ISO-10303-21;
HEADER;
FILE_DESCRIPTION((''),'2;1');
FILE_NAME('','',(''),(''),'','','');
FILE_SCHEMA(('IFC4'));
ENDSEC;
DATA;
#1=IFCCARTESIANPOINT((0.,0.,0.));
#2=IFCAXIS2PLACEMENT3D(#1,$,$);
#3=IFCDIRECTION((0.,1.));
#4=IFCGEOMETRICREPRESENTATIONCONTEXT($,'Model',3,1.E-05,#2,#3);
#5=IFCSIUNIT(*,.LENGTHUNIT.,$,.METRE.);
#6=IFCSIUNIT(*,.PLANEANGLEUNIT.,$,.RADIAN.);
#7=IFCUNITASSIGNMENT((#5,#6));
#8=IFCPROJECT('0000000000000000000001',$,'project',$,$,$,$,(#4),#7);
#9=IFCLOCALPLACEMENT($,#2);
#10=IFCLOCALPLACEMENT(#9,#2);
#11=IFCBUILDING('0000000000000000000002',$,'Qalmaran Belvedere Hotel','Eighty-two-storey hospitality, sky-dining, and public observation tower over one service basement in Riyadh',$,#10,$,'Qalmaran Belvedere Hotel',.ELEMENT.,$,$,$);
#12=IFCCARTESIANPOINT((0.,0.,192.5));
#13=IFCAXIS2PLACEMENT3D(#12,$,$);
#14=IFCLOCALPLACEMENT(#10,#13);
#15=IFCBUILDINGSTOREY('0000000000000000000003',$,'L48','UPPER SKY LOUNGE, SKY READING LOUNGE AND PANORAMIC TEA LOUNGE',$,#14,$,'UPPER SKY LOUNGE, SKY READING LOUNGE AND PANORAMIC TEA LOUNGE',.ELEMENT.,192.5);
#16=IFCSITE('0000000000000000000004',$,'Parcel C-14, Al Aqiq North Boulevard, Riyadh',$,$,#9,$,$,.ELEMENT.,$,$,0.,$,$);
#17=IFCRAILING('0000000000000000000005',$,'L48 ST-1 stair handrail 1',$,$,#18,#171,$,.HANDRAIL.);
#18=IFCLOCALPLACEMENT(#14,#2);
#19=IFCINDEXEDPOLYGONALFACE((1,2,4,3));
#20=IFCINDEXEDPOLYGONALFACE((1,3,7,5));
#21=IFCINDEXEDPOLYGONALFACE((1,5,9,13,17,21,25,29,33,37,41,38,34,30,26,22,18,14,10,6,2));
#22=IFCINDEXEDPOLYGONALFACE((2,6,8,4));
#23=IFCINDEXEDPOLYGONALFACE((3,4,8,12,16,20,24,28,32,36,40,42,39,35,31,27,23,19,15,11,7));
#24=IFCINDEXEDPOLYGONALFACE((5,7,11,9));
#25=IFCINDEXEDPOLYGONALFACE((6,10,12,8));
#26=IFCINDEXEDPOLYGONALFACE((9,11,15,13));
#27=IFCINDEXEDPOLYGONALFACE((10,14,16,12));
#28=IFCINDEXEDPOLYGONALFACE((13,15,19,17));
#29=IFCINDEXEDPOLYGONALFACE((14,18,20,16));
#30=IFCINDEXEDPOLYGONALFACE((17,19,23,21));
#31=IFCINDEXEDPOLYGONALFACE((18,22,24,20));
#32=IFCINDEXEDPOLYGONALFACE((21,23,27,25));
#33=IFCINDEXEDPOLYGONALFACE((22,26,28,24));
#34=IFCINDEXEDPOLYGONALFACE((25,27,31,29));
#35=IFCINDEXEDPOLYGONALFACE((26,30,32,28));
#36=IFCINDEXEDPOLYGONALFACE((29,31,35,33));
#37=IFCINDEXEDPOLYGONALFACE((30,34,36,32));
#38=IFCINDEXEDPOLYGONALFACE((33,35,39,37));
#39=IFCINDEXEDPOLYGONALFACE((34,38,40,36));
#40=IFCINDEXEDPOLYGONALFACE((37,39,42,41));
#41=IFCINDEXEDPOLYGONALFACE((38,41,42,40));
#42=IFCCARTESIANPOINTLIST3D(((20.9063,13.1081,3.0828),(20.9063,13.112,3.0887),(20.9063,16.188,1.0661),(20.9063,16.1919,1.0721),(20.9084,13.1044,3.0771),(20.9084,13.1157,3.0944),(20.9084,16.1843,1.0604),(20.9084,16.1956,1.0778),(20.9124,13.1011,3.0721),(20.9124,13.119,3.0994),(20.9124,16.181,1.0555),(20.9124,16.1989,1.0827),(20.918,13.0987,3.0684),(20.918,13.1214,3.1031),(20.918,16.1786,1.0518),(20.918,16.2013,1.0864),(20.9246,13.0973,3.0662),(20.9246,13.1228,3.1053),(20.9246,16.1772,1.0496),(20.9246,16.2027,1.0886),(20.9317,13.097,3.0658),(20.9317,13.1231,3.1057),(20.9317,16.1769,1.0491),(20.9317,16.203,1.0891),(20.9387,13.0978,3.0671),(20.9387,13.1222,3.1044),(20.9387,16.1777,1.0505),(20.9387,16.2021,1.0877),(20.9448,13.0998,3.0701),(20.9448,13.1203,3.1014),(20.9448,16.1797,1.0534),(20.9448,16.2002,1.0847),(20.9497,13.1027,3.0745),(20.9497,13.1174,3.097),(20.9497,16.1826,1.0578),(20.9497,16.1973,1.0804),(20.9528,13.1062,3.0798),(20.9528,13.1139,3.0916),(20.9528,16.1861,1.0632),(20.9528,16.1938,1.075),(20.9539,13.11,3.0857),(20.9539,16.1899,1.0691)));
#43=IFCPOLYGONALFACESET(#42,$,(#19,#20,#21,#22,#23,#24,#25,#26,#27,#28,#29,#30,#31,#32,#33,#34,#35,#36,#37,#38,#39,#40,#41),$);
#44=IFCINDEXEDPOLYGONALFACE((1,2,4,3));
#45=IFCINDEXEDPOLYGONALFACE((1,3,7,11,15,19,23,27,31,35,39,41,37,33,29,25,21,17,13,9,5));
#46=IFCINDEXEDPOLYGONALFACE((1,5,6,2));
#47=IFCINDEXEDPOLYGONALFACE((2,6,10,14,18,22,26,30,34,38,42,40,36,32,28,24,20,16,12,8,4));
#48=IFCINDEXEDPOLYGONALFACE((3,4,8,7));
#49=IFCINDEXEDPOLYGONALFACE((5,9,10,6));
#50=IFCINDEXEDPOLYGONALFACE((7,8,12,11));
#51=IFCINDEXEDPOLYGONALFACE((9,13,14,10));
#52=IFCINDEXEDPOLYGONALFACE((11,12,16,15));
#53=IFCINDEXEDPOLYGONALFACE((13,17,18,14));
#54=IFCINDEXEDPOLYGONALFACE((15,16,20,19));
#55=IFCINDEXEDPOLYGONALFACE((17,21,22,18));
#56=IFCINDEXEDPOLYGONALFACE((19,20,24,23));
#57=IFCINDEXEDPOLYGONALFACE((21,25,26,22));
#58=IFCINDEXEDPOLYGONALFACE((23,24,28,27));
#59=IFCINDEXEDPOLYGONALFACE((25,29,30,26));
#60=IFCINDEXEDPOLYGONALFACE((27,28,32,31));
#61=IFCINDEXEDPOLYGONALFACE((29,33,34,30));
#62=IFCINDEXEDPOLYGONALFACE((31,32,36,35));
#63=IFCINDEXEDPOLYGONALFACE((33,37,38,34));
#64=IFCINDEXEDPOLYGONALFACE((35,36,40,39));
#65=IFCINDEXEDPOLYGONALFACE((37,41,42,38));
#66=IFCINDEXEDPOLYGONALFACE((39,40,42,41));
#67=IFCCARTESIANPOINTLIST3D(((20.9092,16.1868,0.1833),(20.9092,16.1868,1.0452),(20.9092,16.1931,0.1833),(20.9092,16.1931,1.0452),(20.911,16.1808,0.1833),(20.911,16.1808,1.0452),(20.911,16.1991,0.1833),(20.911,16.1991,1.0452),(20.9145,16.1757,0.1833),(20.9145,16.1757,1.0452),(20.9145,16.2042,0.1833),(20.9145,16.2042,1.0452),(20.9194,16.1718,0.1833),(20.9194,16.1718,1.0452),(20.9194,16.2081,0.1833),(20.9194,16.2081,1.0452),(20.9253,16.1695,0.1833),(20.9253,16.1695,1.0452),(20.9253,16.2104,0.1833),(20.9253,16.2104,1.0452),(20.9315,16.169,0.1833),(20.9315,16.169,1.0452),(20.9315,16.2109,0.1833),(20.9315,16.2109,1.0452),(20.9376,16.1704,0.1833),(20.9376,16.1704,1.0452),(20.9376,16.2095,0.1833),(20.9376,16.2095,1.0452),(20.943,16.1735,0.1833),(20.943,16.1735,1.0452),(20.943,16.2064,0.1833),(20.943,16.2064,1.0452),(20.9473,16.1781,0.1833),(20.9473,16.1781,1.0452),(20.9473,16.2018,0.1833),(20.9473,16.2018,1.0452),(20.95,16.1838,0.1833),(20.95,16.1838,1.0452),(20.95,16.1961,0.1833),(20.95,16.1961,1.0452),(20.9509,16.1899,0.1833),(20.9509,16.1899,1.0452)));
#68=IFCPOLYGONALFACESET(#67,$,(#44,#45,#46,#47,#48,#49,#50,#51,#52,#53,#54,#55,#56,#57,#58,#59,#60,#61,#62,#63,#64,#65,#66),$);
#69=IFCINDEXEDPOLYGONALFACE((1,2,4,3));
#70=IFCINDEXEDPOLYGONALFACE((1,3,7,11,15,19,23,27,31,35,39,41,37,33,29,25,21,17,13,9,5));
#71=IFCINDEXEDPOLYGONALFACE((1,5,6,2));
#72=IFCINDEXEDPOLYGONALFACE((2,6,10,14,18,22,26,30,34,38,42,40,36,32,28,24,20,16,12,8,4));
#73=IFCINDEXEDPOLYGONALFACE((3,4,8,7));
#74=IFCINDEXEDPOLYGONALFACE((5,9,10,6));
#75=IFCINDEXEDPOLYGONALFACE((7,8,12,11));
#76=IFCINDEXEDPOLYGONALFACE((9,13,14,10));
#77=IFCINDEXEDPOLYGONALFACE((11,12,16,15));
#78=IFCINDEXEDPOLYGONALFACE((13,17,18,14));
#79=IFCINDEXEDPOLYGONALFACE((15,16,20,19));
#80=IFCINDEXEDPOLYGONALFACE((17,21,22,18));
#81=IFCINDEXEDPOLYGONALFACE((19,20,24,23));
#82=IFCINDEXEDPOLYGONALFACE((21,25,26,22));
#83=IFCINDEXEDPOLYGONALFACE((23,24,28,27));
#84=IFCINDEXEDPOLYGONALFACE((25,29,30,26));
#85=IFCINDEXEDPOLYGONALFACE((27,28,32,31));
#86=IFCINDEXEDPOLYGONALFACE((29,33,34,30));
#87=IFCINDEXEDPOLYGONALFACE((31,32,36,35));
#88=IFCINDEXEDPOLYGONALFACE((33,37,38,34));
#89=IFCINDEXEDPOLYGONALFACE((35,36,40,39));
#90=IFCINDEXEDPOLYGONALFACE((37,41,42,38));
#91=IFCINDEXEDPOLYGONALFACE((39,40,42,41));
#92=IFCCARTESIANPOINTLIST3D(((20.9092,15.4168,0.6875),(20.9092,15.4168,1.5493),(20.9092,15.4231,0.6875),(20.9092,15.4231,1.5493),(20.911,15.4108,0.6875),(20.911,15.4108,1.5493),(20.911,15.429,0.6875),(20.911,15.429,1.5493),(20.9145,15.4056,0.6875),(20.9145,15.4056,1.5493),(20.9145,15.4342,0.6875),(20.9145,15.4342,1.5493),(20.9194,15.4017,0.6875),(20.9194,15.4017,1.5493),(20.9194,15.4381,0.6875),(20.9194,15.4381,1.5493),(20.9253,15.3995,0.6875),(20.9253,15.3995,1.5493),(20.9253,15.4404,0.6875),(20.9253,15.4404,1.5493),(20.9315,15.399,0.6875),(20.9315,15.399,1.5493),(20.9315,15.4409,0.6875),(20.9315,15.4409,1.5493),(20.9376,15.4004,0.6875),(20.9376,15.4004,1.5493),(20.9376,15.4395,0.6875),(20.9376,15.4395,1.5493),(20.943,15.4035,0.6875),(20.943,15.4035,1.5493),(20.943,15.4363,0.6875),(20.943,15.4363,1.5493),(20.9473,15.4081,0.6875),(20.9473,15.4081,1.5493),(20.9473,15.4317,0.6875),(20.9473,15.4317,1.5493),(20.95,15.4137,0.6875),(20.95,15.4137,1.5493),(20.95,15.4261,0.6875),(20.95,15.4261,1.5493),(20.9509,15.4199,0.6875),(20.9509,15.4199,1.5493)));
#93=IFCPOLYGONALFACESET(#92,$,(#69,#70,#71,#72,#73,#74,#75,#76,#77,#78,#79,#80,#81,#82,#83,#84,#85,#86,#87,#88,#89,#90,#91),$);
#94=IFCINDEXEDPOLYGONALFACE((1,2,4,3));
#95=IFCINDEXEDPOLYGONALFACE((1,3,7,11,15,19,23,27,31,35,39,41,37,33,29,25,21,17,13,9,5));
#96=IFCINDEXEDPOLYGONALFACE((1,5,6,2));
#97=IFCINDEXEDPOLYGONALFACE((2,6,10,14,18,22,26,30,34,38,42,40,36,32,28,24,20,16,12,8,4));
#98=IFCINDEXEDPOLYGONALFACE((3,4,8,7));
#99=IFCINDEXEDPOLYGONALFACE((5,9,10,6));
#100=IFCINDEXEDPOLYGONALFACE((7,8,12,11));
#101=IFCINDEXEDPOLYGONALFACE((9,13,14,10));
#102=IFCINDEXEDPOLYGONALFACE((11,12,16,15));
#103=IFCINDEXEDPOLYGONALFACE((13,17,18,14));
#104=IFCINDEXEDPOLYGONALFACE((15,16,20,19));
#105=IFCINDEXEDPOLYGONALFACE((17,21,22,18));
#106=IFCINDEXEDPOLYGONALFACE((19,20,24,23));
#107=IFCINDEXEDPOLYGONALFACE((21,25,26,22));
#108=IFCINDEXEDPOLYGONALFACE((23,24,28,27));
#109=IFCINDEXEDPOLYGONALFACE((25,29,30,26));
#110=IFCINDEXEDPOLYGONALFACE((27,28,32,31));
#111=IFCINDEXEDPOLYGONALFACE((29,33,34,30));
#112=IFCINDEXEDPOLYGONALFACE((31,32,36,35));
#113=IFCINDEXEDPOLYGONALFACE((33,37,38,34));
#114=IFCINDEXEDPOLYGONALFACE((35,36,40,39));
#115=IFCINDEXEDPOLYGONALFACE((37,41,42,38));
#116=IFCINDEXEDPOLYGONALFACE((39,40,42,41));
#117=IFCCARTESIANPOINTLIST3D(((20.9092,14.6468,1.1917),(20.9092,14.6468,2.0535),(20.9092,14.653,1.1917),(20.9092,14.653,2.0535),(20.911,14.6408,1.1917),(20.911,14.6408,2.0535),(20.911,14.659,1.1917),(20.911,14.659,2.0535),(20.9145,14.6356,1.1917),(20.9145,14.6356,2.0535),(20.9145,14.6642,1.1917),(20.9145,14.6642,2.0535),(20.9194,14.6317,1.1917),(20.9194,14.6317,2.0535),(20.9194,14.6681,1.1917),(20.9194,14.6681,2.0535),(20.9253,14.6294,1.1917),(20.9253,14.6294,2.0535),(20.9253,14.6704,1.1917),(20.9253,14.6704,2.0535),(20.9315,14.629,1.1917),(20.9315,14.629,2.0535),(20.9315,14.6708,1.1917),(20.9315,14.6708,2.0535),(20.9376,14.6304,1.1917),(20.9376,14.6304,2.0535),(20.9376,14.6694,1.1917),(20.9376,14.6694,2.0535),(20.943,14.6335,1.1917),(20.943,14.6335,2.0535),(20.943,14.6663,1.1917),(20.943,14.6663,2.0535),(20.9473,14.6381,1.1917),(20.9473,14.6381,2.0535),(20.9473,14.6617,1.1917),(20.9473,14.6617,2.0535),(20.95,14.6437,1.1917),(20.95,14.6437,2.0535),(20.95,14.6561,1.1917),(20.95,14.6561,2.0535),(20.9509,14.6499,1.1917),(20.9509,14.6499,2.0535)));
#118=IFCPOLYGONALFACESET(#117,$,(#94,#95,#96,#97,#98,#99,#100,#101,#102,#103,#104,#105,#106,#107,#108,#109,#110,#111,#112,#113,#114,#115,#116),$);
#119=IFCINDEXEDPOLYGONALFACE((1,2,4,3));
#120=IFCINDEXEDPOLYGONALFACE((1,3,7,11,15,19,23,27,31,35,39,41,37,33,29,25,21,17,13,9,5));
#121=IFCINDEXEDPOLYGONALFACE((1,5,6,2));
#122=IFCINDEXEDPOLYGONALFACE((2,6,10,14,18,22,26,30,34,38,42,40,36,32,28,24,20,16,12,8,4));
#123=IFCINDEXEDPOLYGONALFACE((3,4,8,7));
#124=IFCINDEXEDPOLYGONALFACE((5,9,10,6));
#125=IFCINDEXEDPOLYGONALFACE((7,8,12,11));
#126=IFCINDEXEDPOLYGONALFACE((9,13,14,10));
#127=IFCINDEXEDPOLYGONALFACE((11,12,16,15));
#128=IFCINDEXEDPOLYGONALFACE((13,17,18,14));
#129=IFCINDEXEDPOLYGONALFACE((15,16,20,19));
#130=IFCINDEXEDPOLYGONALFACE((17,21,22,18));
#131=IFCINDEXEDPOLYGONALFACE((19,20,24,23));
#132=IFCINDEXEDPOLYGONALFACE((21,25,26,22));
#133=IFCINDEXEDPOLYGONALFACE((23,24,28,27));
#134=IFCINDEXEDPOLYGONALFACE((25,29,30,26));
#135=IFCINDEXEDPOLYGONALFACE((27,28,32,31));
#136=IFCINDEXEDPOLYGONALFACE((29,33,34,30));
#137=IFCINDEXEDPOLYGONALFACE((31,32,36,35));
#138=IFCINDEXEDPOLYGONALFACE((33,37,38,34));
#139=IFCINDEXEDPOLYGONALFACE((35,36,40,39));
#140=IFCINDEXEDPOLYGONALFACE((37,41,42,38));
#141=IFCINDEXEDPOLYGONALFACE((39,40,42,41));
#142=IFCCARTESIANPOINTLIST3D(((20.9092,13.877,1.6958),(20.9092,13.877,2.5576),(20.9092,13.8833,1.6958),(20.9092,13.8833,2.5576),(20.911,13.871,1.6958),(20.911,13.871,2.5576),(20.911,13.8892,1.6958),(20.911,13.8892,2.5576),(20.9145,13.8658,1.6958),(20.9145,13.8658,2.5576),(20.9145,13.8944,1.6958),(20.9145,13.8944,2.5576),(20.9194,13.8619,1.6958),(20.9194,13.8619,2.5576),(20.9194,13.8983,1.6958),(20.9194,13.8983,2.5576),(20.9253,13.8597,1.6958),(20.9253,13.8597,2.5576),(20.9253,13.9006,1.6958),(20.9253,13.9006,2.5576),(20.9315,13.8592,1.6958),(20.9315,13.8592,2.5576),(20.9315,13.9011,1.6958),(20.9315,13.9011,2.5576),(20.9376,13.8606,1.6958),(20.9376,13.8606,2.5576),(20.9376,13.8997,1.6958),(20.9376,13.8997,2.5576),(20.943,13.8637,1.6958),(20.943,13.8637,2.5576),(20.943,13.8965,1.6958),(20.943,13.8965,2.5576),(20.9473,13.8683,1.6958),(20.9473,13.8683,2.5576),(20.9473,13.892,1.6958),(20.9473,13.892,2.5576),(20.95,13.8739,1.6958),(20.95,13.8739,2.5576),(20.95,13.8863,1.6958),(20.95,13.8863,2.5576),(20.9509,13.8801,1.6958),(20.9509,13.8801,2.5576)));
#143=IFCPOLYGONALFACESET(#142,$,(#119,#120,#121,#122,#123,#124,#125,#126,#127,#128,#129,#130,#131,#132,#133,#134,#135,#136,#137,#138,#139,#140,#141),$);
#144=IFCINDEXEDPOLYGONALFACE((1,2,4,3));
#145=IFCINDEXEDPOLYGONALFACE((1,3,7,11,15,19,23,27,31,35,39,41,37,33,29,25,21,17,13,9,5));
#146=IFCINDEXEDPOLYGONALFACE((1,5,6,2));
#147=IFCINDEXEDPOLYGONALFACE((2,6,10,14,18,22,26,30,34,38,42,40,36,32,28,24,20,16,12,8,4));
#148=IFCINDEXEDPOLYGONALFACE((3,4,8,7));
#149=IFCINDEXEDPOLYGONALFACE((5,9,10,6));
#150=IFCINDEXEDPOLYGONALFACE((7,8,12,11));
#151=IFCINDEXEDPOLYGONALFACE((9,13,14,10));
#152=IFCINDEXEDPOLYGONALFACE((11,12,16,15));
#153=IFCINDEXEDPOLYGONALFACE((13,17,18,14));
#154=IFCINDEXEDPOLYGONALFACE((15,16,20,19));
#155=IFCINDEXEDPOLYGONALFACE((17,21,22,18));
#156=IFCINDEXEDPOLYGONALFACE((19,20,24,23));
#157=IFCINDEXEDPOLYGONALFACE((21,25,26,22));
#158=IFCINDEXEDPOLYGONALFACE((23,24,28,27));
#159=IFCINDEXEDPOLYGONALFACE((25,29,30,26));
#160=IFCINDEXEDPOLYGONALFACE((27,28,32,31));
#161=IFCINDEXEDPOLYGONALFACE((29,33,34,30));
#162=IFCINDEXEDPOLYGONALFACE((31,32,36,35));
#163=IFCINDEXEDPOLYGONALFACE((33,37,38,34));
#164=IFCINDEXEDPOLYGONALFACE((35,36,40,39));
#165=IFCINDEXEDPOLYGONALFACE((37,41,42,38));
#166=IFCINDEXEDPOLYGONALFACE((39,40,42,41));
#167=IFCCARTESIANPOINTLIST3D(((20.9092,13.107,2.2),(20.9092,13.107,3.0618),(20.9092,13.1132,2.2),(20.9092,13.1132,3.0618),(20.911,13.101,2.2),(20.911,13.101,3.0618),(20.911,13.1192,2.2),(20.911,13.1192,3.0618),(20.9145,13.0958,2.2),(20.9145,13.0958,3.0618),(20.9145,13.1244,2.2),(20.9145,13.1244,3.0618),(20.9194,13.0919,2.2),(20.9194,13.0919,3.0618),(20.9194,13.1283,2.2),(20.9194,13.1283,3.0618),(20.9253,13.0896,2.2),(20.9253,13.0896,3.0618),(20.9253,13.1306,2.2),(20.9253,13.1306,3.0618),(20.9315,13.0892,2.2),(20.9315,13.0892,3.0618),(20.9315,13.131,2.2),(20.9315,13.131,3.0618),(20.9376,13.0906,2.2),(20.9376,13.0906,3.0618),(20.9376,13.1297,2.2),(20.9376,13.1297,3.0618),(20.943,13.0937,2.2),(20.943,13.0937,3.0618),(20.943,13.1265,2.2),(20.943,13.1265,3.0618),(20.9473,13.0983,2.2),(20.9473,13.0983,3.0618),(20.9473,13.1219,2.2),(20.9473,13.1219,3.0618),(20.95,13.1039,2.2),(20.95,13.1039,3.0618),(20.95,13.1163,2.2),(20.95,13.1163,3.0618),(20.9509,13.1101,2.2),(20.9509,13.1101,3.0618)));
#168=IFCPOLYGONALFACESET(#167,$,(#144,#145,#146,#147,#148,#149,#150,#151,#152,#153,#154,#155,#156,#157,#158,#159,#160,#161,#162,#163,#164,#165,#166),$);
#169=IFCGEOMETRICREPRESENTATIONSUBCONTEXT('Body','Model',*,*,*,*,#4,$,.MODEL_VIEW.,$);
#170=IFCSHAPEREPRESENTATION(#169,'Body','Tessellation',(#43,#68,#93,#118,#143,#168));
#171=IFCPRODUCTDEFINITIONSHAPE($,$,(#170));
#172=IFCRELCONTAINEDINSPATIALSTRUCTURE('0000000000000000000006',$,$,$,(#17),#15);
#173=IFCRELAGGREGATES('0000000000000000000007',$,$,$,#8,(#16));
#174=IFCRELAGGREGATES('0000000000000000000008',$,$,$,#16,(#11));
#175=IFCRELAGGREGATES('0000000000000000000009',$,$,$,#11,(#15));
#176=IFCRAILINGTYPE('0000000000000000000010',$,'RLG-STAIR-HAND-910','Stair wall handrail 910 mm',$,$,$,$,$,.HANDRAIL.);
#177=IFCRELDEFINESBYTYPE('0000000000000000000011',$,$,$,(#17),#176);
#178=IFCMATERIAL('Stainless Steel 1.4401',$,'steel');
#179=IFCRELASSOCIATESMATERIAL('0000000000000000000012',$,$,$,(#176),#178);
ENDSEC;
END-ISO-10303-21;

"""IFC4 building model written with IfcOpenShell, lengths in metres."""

from ifc_helpers import new_model, si_unit, direction, frame, origin, origin_2d, place, context, subcontext, project, spatial, circle, extrude, material, type_object, element, save


model = new_model("IFC4")

# Units and contexts
model_context = context("Model", 3, precision=1e-05, world=origin(), true_north=direction((0.0, 1.0)))
body_context = subcontext(model_context, "Body", "Model", "MODEL_VIEW")
ifc_project = project(units=[si_unit("LENGTHUNIT", "METRE"), si_unit("PLANEANGLEUNIT", "RADIAN")], contexts=[model_context])

# Site, building, storey
site_placement = place(None, origin())
site = spatial("IfcSite", under=ifc_project, at=site_placement, Name="Parcel C-14, Al Aqiq North Boulevard, Riyadh", CompositionType="ELEMENT", RefElevation=0.0)
building_placement = place(site_placement, origin())
building = spatial("IfcBuilding", under=site, at=building_placement, Name="Qalmaran Belvedere Hotel", Description="Eighty-two-storey hospitality, sky-dining, and public observation tower over one service basement in Riyadh", LongName="Qalmaran Belvedere Hotel", CompositionType="ELEMENT")
storey_placement = place(building_placement, frame((0.0, 0.0, 192.5)))
storey = spatial("IfcBuildingStorey", under=building, at=storey_placement, Name="L48", Description="UPPER SKY LOUNGE, SKY READING LOUNGE AND PANORAMIC TEA LOUNGE", LongName="UPPER SKY LOUNGE, SKY READING LOUNGE AND PANORAMIC TEA LOUNGE", CompositionType="ELEMENT", Elevation=192.5)

# Railing
ifc_material_1 = material(Name="Stainless Steel 1.4401", Category="steel")
railing_type_1 = type_object("IfcRailingType", Name="RLG-STAIR-HAND-910", Description="Stair wall handrail 910 mm", PredefinedType="HANDRAIL", material=ifc_material_1)
railing_1_placement = place(storey_placement, frame((20.9299, 16.1899, 0.1833)))
element("IfcRailing", 1, at=railing_1_placement, inside=storey, type_object=railing_type_1, Name="L48 ST-1 stair handrail 1", PredefinedType="HANDRAIL", context=body_context, shape_type="SweptSolid", body=[
    extrude(circle(Radius=0.0239, at=origin_2d()), frame((0.0, 0.0, 0.8857), z_axis=(0.0, -0.836613, 0.547794), x_axis=(1.0, 0.0, 0.0)), (0.0, 0.0, 1.0), 3.6814),
    extrude(circle(Radius=0.021, at=origin_2d()), origin(), (0.0, 0.0, 1.0), 0.8618),
    extrude(circle(Radius=0.021, at=origin_2d()), frame((0.0, -0.77, 0.5042)), (0.0, 0.0, 1.0), 0.8618),
    extrude(circle(Radius=0.021, at=origin_2d()), frame((0.0, -1.54, 1.0083)), (0.0, 0.0, 1.0), 0.8618),
    extrude(circle(Radius=0.021, at=origin_2d()), frame((0.0, -2.3098, 1.5125)), (0.0, 0.0, 1.0), 0.8618),
    extrude(circle(Radius=0.021, at=origin_2d()), frame((0.0, -3.0798, 2.0166)), (0.0, 0.0, 1.0), 0.8618),
])

save(model, "model.ifc")
